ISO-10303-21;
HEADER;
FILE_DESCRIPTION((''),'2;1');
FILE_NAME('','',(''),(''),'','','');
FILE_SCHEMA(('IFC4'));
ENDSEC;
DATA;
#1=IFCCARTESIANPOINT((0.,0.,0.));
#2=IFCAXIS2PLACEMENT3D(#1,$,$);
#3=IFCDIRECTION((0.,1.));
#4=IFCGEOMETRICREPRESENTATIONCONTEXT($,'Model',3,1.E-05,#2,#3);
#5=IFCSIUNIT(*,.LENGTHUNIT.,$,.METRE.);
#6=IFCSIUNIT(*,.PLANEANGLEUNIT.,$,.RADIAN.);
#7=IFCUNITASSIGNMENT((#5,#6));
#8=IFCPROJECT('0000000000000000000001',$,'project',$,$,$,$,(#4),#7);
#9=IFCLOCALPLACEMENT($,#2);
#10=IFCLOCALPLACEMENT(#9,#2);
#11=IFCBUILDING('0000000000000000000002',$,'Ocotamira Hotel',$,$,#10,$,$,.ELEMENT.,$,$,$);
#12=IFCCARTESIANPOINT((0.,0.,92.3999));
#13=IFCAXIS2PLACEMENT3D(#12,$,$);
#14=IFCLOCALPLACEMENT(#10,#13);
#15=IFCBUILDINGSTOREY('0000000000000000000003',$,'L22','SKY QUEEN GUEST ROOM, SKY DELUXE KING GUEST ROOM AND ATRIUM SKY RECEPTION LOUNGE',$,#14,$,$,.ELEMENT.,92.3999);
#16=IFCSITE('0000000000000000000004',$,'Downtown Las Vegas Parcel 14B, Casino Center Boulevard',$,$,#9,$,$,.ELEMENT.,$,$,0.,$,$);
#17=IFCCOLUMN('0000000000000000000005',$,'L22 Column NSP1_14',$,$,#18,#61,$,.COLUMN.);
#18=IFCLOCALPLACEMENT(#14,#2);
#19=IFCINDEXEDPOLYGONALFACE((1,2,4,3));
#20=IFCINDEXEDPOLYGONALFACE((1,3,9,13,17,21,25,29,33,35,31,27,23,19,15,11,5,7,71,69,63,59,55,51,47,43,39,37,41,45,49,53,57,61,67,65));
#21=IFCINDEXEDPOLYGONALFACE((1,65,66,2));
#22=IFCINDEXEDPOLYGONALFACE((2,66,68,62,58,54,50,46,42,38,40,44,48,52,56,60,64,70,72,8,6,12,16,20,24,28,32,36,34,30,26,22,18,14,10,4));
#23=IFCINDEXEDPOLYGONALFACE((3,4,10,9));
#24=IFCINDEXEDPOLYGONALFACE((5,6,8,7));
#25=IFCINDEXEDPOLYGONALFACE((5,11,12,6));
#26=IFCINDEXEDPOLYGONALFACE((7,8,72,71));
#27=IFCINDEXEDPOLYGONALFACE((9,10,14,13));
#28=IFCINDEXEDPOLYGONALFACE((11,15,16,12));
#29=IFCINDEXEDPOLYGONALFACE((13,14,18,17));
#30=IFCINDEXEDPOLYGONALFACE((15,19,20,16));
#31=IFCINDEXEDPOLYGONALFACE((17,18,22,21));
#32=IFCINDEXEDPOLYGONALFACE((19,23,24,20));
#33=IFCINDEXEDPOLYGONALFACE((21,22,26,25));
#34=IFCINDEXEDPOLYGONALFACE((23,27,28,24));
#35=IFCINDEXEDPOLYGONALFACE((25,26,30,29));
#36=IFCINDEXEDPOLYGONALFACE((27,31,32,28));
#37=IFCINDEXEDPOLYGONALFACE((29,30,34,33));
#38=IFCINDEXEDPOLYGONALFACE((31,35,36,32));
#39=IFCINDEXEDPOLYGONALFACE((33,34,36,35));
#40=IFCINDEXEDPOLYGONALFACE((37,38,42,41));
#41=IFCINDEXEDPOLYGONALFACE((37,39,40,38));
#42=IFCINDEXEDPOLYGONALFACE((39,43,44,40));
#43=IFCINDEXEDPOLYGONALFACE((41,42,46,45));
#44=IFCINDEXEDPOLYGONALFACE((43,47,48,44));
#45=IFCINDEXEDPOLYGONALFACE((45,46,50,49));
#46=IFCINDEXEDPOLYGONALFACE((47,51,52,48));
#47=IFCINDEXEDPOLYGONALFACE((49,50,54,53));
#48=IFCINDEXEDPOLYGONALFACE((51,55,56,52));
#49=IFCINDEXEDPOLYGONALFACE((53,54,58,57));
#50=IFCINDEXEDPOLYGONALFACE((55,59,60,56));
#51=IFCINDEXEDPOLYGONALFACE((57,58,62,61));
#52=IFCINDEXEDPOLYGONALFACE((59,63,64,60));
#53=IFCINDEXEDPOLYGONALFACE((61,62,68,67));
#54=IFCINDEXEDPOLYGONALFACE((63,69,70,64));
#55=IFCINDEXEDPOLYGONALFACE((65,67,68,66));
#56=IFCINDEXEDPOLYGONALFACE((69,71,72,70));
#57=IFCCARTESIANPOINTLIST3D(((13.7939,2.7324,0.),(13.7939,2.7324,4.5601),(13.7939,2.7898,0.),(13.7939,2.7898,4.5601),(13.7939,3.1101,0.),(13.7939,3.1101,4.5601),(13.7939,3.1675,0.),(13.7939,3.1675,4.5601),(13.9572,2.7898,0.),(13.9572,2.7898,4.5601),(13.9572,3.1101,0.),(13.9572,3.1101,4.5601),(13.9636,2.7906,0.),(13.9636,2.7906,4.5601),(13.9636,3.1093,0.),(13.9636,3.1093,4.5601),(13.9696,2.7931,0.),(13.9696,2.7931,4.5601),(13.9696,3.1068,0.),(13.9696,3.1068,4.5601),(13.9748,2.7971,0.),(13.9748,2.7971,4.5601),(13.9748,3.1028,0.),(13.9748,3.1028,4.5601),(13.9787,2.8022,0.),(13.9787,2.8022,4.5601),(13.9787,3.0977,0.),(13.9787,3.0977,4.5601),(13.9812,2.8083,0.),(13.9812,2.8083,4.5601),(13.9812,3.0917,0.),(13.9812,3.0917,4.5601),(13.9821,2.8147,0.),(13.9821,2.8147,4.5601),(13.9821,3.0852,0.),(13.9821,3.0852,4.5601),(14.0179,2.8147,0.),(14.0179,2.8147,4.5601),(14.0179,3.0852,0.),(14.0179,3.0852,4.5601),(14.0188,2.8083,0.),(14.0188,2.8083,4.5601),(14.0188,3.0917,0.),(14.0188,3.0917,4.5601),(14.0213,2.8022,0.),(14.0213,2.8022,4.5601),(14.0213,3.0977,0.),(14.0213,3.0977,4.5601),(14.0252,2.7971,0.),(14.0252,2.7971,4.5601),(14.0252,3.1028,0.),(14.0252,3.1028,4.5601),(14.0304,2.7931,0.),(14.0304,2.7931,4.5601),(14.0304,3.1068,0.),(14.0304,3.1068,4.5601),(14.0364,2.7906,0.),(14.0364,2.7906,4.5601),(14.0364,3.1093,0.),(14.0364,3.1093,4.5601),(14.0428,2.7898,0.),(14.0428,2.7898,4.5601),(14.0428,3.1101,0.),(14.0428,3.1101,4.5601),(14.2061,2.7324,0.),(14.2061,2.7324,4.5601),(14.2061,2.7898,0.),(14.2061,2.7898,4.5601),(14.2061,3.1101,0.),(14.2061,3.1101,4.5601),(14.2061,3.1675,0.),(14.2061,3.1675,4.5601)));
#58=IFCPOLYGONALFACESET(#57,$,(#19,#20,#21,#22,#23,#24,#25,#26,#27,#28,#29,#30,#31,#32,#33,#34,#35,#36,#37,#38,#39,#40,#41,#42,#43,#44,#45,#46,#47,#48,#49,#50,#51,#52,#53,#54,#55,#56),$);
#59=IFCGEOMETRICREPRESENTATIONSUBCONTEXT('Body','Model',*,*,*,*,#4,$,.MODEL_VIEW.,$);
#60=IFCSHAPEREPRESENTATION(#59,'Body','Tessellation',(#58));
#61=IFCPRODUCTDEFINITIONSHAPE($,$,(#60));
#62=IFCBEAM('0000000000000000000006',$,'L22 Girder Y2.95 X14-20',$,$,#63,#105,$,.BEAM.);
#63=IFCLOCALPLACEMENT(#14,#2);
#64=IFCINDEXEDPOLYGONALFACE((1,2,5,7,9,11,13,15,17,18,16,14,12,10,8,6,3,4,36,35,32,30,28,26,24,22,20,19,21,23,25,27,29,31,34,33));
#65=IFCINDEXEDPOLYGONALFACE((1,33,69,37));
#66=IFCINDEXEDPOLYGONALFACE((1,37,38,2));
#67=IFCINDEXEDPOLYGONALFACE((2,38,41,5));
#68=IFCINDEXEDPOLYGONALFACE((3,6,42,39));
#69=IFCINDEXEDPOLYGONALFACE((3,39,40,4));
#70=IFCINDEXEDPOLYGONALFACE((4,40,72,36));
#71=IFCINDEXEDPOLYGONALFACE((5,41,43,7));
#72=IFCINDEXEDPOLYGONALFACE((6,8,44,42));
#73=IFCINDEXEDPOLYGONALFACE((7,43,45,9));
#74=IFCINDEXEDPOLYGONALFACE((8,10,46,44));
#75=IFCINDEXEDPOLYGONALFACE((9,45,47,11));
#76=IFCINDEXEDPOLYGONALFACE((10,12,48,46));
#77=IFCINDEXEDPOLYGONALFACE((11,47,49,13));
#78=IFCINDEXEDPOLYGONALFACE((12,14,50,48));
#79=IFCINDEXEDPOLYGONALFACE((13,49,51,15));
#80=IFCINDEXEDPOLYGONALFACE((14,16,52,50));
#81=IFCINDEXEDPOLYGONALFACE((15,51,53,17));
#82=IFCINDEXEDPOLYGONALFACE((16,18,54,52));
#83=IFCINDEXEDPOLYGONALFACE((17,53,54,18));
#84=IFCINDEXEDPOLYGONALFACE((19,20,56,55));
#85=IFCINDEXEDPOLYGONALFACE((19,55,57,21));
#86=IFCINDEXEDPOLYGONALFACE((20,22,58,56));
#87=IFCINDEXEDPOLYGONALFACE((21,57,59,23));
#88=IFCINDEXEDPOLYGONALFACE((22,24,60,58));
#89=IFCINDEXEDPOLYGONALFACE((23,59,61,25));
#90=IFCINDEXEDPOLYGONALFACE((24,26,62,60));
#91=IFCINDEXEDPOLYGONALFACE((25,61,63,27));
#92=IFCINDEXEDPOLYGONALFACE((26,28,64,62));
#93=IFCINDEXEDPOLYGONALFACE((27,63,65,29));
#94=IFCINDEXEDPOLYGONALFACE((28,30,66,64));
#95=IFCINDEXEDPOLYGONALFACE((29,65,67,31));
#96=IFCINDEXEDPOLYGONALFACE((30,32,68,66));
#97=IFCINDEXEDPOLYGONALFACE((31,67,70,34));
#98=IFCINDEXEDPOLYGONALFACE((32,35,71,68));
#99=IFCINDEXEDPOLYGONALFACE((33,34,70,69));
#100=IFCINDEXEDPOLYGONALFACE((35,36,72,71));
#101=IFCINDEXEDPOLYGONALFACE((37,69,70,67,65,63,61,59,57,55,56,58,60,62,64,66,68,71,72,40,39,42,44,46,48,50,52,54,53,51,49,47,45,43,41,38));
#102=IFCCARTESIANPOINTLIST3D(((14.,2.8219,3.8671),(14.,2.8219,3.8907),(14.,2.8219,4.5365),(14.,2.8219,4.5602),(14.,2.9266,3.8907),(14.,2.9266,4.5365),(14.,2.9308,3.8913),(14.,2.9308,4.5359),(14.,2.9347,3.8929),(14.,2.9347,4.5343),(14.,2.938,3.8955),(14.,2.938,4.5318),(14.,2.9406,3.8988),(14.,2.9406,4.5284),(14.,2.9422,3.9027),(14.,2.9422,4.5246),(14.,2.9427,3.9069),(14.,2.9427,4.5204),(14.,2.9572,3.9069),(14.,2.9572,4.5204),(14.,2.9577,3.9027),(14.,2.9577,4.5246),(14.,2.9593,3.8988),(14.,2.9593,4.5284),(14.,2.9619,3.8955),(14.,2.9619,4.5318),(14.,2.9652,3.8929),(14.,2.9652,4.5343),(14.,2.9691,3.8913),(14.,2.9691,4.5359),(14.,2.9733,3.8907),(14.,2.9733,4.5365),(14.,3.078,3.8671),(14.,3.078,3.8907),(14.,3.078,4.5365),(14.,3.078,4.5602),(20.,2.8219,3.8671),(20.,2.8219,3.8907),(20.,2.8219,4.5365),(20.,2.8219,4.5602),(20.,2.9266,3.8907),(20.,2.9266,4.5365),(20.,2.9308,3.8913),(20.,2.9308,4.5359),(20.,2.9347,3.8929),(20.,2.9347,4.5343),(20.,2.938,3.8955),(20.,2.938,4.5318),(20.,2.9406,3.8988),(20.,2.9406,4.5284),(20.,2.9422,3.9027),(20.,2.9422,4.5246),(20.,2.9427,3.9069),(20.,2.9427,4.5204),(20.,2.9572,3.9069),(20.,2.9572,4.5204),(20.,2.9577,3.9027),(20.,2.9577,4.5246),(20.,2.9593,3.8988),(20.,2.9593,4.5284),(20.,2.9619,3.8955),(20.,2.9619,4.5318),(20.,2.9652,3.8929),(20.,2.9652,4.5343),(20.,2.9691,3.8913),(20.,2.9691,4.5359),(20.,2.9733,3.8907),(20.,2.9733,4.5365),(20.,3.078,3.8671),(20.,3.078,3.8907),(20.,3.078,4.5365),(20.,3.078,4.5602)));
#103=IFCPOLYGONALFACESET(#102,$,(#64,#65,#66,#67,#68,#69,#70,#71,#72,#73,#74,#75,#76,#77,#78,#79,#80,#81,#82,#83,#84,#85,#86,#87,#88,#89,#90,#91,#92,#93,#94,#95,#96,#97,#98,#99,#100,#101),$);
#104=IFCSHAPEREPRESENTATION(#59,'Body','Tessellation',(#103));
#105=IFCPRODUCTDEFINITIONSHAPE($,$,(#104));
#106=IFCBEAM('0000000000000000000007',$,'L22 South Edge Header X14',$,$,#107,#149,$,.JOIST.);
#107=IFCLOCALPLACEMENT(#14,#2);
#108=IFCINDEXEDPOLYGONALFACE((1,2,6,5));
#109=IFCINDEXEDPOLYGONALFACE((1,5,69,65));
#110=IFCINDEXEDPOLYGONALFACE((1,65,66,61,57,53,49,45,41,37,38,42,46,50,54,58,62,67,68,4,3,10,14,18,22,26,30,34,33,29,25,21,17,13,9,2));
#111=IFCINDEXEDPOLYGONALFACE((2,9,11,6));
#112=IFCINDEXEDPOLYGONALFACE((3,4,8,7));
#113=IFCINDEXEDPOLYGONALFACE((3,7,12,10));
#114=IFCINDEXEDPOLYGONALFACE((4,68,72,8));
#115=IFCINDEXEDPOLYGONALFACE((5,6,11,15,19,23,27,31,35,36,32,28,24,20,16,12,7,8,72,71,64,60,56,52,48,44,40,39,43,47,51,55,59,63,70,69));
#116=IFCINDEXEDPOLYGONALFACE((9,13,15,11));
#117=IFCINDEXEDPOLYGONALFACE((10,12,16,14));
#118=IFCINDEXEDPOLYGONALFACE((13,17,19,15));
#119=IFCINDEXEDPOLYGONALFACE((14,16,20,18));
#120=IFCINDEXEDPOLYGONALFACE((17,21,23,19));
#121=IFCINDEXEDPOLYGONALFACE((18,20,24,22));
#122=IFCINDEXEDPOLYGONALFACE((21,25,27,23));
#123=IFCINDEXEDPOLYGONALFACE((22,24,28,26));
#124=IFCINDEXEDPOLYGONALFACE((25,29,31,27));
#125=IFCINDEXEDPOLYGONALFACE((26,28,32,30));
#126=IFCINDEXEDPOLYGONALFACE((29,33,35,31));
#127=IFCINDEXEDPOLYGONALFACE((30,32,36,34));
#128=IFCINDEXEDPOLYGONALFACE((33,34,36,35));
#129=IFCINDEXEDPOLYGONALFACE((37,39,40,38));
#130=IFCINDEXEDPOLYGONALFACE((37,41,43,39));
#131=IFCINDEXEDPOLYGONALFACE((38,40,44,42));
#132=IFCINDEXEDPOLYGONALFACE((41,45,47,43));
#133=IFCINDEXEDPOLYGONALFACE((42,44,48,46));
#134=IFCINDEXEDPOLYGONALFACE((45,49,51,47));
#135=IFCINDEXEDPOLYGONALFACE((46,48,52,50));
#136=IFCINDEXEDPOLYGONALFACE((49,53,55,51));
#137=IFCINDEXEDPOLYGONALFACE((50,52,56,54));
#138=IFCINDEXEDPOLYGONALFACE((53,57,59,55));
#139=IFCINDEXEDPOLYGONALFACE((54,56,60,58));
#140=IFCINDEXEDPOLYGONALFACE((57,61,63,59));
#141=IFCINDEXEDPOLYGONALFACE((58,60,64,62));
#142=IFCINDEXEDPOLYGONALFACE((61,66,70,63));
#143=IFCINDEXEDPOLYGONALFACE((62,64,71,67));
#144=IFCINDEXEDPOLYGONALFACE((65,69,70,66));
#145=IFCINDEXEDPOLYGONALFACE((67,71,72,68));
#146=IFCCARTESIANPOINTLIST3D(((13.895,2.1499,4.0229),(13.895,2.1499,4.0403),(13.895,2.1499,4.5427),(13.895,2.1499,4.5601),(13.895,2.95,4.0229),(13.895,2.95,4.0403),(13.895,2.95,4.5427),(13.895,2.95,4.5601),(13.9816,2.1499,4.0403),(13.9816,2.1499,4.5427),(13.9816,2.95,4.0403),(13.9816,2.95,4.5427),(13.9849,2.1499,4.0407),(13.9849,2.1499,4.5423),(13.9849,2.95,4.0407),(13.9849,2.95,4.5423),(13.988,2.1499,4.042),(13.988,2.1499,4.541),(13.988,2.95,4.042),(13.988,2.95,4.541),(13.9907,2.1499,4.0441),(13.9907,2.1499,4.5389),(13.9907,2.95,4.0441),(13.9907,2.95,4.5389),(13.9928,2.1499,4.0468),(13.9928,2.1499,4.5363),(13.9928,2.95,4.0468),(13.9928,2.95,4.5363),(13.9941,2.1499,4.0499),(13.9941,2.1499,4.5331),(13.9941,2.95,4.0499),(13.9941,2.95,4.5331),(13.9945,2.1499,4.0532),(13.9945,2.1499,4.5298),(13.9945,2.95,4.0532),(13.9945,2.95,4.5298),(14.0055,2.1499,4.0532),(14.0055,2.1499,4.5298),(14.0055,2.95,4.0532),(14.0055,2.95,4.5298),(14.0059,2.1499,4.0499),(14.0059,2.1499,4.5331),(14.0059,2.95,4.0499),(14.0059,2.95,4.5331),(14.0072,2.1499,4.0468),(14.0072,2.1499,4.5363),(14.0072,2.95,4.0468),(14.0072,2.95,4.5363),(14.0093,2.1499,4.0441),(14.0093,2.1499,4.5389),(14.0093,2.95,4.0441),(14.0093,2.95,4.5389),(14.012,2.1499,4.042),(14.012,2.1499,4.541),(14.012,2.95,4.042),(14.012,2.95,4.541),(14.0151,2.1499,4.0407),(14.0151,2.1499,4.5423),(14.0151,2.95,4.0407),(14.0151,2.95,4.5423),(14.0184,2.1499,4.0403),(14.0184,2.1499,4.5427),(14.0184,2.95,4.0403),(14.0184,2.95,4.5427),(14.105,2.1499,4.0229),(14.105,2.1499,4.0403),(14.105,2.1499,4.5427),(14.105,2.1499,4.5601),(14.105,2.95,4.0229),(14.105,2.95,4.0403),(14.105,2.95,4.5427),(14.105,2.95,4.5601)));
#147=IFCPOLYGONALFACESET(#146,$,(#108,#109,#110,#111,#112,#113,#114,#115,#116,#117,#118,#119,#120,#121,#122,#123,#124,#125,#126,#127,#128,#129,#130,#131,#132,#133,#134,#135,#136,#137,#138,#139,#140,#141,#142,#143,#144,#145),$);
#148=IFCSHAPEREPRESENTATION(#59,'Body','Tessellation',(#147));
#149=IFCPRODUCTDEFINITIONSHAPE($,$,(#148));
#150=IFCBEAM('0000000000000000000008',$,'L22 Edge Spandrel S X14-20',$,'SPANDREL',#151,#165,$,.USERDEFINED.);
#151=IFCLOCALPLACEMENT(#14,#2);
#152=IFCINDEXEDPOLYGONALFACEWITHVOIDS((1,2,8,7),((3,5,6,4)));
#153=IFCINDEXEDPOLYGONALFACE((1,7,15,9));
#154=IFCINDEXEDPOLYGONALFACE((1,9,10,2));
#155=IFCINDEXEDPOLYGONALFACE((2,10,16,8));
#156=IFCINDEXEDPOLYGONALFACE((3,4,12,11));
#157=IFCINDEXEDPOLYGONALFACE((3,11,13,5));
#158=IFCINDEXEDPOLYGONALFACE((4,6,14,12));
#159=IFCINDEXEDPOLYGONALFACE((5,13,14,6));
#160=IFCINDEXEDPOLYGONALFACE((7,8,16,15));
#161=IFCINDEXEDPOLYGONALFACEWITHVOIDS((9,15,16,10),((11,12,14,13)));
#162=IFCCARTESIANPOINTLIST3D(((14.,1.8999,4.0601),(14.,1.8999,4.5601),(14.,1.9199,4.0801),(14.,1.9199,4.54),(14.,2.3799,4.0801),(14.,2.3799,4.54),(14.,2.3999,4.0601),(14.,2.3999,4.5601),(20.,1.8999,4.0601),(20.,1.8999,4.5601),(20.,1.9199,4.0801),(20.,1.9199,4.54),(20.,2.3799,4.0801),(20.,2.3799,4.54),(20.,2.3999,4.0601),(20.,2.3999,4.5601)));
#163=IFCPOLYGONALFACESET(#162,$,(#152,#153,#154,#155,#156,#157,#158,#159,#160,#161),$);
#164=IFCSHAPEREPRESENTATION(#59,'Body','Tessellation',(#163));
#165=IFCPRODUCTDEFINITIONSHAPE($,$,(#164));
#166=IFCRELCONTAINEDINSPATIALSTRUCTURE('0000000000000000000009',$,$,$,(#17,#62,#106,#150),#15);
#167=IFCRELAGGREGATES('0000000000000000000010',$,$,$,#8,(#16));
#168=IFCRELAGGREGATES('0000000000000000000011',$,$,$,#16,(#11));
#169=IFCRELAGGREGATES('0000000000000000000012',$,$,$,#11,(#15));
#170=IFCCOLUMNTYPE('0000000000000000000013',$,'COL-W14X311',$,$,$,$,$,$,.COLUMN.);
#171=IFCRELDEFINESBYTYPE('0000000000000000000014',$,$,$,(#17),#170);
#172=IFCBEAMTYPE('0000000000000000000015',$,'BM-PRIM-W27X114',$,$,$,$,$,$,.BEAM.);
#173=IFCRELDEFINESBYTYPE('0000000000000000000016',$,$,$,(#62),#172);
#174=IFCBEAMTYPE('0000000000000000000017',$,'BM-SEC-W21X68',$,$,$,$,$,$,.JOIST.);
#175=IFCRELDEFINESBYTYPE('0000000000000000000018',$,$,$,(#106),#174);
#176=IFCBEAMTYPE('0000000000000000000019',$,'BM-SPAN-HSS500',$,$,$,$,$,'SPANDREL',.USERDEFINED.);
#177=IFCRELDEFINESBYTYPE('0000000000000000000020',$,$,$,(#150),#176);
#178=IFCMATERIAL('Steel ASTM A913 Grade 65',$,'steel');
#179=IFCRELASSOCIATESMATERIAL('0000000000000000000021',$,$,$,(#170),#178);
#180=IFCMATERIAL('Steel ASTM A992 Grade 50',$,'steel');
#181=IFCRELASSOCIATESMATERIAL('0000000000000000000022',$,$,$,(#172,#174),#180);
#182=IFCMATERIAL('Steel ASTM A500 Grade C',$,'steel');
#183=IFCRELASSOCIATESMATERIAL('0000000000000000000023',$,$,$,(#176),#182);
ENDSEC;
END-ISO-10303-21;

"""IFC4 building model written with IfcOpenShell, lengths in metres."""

from ifc_helpers import new_model, si_unit, direction, frame, origin, origin_2d, place, context, subcontext, project, spatial, hollow_rectangle, i_section, extrude, source, transform, mapped, material, material_profile, profile_set, type_object, element, save


model = new_model("IFC4")

# Units and contexts
model_context = context("Model", 3, precision=1e-05, world=origin(), true_north=direction((0.0, 1.0)))
body_context = subcontext(model_context, "Body", "Model", "MODEL_VIEW")
ifc_project = project(units=[si_unit("LENGTHUNIT", "METRE"), si_unit("PLANEANGLEUNIT", "RADIAN")], contexts=[model_context])

# Site, building, storey
site_placement = place(None, origin())
site = spatial("IfcSite", under=ifc_project, at=site_placement, Name="Downtown Las Vegas Parcel 14B, Casino Center Boulevard", CompositionType="ELEMENT", RefElevation=0.0)
building_placement = place(site_placement, origin())
building = spatial("IfcBuilding", under=site, at=building_placement, Name="Ocotamira Hotel", CompositionType="ELEMENT")
storey_placement = place(building_placement, frame((0.0, 0.0, 92.3999)))
storey = spatial("IfcBuildingStorey", under=building, at=storey_placement, Name="L22", Description="SKY QUEEN GUEST ROOM, SKY DELUXE KING GUEST ROOM AND ATRIUM SKY RECEPTION LOUNGE", CompositionType="ELEMENT", Elevation=92.3999)

# Column
ifc_material_1 = material(Name="Steel ASTM A913 Grade 65", Category="steel")
ifc_material_profile_1 = material_profile(ifc_material_1, i_section(OverallWidth=0.4121, OverallDepth=0.4351, WebThickness=0.0359, FlangeThickness=0.0574, FilletRadius=0.0249, at=origin_2d()), Name="W14X311")
ifc_profile_set_1 = profile_set([ifc_material_profile_1], Name="Steel ASTM A913 Grade 65")
column_type = type_object("IfcColumnType", Name="COL-W14X311", PredefinedType="COLUMN", material=ifc_profile_set_1)
shared_shape_1 = source(origin(), body_context, "Body", "SweptSolid", [
    extrude(i_section(OverallWidth=0.4121, OverallDepth=0.4351, WebThickness=0.0359, FlangeThickness=0.0574, FilletRadius=0.0249, at=origin_2d()), origin(), (0.0, 0.0, 1.0), 4.5601),
])
column_placement = place(storey_placement, frame((14.0, 2.95, 0.0), z_axis=(0.0, 0.0, 1.0), x_axis=(1.0, 0.0, 0.0)))
element("IfcColumn", 1, at=column_placement, inside=storey, type_object=column_type, Name="L22 Column NSP1_14", PredefinedType="COLUMN", context=body_context, shape_type="MappedRepresentation", body=[
    mapped(shared_shape_1, transform((0.0, 0.0, 0.0), scale=1.0)),
])

# Beams
ifc_material_2 = material(Name="Steel ASTM A992 Grade 50", Category="steel")
ifc_material_profile_2 = material_profile(ifc_material_2, i_section(OverallWidth=0.2561, OverallDepth=0.6931, WebThickness=0.0144, FlangeThickness=0.0237, FilletRadius=0.0161, at=origin_2d()), Name="W27X114")
ifc_profile_set_2 = profile_set([ifc_material_profile_2], Name="Steel ASTM A992 Grade 50")
beam_type_1 = type_object("IfcBeamType", Name="BM-PRIM-W27X114", PredefinedType="BEAM", material=ifc_profile_set_2)
shared_shape_2 = source(origin(), body_context, "Body", "SweptSolid", [
    extrude(i_section(OverallWidth=0.2561, OverallDepth=0.6931, WebThickness=0.0144, FlangeThickness=0.0237, FilletRadius=0.0161, at=origin_2d()), origin(), (0.0, 0.0, 1.0), 6.0),
])
beam_1_placement = place(storey_placement, frame((14.0, 2.95, 4.2136), z_axis=(1.0, 0.0, 0.0), x_axis=(0.0, 1.0, 0.0)))
element("IfcBeam", 2, at=beam_1_placement, inside=storey, type_object=beam_type_1, Name="L22 Girder Y2.95 X14-20", PredefinedType="BEAM", context=body_context, shape_type="MappedRepresentation", body=[
    mapped(shared_shape_2, transform((0.0, 0.0, 0.0), scale=1.0)),
])
ifc_material_profile_3 = material_profile(ifc_material_2, i_section(OverallWidth=0.21, OverallDepth=0.5371, WebThickness=0.011, FlangeThickness=0.0173, FilletRadius=0.0129, at=origin_2d()), Name="W21X68")
ifc_profile_set_3 = profile_set([ifc_material_profile_3], Name="Steel ASTM A992 Grade 50")
beam_type_2 = type_object("IfcBeamType", Name="BM-SEC-W21X68", PredefinedType="JOIST", material=ifc_profile_set_3)
shared_shape_3 = source(origin(), body_context, "Body", "SweptSolid", [
    extrude(i_section(OverallWidth=0.21, OverallDepth=0.5371, WebThickness=0.011, FlangeThickness=0.0173, FilletRadius=0.0129, at=origin_2d()), origin(), (0.0, 0.0, 1.0), 0.8),
])
beam_2_placement = place(storey_placement, frame((14.0, 2.95, 4.2915), z_axis=(0.0, -1.0, 0.0), x_axis=(1.0, 0.0, 0.0)))
element("IfcBeam", 3, at=beam_2_placement, inside=storey, type_object=beam_type_2, Name="L22 South Edge Header X14", PredefinedType="JOIST", context=body_context, shape_type="MappedRepresentation", body=[
    mapped(shared_shape_3, transform((0.0, 0.0, 0.0), scale=1.0)),
])
ifc_material_3 = material(Name="Steel ASTM A500 Grade C", Category="steel")
ifc_material_profile_4 = material_profile(ifc_material_3, hollow_rectangle(XDim=0.5, YDim=0.5, WallThickness=0.02, at=origin_2d()), Name="HSS500X500X20")
ifc_profile_set_4 = profile_set([ifc_material_profile_4], Name="Steel ASTM A500 Grade C")
beam_type_3 = type_object("IfcBeamType", Name="BM-SPAN-HSS500", ElementType="SPANDREL", PredefinedType="USERDEFINED", material=ifc_profile_set_4)
shared_shape_4 = source(origin(), body_context, "Body", "SweptSolid", [
    extrude(hollow_rectangle(XDim=0.5, YDim=0.5, WallThickness=0.02, at=origin_2d()), origin(), (0.0, 0.0, 1.0), 6.0),
])
beam_3_placement = place(storey_placement, frame((14.0, 2.1499, 4.3101), z_axis=(1.0, 0.0, 0.0), x_axis=(0.0, 1.0, 0.0)))
element("IfcBeam", 4, at=beam_3_placement, inside=storey, type_object=beam_type_3, Name="L22 Edge Spandrel S X14-20", ObjectType="SPANDREL", PredefinedType="USERDEFINED", context=body_context, shape_type="MappedRepresentation", body=[
    mapped(shared_shape_4, transform((0.0, 0.0, 0.0), scale=1.0)),
])

save(model, "model.ifc")
